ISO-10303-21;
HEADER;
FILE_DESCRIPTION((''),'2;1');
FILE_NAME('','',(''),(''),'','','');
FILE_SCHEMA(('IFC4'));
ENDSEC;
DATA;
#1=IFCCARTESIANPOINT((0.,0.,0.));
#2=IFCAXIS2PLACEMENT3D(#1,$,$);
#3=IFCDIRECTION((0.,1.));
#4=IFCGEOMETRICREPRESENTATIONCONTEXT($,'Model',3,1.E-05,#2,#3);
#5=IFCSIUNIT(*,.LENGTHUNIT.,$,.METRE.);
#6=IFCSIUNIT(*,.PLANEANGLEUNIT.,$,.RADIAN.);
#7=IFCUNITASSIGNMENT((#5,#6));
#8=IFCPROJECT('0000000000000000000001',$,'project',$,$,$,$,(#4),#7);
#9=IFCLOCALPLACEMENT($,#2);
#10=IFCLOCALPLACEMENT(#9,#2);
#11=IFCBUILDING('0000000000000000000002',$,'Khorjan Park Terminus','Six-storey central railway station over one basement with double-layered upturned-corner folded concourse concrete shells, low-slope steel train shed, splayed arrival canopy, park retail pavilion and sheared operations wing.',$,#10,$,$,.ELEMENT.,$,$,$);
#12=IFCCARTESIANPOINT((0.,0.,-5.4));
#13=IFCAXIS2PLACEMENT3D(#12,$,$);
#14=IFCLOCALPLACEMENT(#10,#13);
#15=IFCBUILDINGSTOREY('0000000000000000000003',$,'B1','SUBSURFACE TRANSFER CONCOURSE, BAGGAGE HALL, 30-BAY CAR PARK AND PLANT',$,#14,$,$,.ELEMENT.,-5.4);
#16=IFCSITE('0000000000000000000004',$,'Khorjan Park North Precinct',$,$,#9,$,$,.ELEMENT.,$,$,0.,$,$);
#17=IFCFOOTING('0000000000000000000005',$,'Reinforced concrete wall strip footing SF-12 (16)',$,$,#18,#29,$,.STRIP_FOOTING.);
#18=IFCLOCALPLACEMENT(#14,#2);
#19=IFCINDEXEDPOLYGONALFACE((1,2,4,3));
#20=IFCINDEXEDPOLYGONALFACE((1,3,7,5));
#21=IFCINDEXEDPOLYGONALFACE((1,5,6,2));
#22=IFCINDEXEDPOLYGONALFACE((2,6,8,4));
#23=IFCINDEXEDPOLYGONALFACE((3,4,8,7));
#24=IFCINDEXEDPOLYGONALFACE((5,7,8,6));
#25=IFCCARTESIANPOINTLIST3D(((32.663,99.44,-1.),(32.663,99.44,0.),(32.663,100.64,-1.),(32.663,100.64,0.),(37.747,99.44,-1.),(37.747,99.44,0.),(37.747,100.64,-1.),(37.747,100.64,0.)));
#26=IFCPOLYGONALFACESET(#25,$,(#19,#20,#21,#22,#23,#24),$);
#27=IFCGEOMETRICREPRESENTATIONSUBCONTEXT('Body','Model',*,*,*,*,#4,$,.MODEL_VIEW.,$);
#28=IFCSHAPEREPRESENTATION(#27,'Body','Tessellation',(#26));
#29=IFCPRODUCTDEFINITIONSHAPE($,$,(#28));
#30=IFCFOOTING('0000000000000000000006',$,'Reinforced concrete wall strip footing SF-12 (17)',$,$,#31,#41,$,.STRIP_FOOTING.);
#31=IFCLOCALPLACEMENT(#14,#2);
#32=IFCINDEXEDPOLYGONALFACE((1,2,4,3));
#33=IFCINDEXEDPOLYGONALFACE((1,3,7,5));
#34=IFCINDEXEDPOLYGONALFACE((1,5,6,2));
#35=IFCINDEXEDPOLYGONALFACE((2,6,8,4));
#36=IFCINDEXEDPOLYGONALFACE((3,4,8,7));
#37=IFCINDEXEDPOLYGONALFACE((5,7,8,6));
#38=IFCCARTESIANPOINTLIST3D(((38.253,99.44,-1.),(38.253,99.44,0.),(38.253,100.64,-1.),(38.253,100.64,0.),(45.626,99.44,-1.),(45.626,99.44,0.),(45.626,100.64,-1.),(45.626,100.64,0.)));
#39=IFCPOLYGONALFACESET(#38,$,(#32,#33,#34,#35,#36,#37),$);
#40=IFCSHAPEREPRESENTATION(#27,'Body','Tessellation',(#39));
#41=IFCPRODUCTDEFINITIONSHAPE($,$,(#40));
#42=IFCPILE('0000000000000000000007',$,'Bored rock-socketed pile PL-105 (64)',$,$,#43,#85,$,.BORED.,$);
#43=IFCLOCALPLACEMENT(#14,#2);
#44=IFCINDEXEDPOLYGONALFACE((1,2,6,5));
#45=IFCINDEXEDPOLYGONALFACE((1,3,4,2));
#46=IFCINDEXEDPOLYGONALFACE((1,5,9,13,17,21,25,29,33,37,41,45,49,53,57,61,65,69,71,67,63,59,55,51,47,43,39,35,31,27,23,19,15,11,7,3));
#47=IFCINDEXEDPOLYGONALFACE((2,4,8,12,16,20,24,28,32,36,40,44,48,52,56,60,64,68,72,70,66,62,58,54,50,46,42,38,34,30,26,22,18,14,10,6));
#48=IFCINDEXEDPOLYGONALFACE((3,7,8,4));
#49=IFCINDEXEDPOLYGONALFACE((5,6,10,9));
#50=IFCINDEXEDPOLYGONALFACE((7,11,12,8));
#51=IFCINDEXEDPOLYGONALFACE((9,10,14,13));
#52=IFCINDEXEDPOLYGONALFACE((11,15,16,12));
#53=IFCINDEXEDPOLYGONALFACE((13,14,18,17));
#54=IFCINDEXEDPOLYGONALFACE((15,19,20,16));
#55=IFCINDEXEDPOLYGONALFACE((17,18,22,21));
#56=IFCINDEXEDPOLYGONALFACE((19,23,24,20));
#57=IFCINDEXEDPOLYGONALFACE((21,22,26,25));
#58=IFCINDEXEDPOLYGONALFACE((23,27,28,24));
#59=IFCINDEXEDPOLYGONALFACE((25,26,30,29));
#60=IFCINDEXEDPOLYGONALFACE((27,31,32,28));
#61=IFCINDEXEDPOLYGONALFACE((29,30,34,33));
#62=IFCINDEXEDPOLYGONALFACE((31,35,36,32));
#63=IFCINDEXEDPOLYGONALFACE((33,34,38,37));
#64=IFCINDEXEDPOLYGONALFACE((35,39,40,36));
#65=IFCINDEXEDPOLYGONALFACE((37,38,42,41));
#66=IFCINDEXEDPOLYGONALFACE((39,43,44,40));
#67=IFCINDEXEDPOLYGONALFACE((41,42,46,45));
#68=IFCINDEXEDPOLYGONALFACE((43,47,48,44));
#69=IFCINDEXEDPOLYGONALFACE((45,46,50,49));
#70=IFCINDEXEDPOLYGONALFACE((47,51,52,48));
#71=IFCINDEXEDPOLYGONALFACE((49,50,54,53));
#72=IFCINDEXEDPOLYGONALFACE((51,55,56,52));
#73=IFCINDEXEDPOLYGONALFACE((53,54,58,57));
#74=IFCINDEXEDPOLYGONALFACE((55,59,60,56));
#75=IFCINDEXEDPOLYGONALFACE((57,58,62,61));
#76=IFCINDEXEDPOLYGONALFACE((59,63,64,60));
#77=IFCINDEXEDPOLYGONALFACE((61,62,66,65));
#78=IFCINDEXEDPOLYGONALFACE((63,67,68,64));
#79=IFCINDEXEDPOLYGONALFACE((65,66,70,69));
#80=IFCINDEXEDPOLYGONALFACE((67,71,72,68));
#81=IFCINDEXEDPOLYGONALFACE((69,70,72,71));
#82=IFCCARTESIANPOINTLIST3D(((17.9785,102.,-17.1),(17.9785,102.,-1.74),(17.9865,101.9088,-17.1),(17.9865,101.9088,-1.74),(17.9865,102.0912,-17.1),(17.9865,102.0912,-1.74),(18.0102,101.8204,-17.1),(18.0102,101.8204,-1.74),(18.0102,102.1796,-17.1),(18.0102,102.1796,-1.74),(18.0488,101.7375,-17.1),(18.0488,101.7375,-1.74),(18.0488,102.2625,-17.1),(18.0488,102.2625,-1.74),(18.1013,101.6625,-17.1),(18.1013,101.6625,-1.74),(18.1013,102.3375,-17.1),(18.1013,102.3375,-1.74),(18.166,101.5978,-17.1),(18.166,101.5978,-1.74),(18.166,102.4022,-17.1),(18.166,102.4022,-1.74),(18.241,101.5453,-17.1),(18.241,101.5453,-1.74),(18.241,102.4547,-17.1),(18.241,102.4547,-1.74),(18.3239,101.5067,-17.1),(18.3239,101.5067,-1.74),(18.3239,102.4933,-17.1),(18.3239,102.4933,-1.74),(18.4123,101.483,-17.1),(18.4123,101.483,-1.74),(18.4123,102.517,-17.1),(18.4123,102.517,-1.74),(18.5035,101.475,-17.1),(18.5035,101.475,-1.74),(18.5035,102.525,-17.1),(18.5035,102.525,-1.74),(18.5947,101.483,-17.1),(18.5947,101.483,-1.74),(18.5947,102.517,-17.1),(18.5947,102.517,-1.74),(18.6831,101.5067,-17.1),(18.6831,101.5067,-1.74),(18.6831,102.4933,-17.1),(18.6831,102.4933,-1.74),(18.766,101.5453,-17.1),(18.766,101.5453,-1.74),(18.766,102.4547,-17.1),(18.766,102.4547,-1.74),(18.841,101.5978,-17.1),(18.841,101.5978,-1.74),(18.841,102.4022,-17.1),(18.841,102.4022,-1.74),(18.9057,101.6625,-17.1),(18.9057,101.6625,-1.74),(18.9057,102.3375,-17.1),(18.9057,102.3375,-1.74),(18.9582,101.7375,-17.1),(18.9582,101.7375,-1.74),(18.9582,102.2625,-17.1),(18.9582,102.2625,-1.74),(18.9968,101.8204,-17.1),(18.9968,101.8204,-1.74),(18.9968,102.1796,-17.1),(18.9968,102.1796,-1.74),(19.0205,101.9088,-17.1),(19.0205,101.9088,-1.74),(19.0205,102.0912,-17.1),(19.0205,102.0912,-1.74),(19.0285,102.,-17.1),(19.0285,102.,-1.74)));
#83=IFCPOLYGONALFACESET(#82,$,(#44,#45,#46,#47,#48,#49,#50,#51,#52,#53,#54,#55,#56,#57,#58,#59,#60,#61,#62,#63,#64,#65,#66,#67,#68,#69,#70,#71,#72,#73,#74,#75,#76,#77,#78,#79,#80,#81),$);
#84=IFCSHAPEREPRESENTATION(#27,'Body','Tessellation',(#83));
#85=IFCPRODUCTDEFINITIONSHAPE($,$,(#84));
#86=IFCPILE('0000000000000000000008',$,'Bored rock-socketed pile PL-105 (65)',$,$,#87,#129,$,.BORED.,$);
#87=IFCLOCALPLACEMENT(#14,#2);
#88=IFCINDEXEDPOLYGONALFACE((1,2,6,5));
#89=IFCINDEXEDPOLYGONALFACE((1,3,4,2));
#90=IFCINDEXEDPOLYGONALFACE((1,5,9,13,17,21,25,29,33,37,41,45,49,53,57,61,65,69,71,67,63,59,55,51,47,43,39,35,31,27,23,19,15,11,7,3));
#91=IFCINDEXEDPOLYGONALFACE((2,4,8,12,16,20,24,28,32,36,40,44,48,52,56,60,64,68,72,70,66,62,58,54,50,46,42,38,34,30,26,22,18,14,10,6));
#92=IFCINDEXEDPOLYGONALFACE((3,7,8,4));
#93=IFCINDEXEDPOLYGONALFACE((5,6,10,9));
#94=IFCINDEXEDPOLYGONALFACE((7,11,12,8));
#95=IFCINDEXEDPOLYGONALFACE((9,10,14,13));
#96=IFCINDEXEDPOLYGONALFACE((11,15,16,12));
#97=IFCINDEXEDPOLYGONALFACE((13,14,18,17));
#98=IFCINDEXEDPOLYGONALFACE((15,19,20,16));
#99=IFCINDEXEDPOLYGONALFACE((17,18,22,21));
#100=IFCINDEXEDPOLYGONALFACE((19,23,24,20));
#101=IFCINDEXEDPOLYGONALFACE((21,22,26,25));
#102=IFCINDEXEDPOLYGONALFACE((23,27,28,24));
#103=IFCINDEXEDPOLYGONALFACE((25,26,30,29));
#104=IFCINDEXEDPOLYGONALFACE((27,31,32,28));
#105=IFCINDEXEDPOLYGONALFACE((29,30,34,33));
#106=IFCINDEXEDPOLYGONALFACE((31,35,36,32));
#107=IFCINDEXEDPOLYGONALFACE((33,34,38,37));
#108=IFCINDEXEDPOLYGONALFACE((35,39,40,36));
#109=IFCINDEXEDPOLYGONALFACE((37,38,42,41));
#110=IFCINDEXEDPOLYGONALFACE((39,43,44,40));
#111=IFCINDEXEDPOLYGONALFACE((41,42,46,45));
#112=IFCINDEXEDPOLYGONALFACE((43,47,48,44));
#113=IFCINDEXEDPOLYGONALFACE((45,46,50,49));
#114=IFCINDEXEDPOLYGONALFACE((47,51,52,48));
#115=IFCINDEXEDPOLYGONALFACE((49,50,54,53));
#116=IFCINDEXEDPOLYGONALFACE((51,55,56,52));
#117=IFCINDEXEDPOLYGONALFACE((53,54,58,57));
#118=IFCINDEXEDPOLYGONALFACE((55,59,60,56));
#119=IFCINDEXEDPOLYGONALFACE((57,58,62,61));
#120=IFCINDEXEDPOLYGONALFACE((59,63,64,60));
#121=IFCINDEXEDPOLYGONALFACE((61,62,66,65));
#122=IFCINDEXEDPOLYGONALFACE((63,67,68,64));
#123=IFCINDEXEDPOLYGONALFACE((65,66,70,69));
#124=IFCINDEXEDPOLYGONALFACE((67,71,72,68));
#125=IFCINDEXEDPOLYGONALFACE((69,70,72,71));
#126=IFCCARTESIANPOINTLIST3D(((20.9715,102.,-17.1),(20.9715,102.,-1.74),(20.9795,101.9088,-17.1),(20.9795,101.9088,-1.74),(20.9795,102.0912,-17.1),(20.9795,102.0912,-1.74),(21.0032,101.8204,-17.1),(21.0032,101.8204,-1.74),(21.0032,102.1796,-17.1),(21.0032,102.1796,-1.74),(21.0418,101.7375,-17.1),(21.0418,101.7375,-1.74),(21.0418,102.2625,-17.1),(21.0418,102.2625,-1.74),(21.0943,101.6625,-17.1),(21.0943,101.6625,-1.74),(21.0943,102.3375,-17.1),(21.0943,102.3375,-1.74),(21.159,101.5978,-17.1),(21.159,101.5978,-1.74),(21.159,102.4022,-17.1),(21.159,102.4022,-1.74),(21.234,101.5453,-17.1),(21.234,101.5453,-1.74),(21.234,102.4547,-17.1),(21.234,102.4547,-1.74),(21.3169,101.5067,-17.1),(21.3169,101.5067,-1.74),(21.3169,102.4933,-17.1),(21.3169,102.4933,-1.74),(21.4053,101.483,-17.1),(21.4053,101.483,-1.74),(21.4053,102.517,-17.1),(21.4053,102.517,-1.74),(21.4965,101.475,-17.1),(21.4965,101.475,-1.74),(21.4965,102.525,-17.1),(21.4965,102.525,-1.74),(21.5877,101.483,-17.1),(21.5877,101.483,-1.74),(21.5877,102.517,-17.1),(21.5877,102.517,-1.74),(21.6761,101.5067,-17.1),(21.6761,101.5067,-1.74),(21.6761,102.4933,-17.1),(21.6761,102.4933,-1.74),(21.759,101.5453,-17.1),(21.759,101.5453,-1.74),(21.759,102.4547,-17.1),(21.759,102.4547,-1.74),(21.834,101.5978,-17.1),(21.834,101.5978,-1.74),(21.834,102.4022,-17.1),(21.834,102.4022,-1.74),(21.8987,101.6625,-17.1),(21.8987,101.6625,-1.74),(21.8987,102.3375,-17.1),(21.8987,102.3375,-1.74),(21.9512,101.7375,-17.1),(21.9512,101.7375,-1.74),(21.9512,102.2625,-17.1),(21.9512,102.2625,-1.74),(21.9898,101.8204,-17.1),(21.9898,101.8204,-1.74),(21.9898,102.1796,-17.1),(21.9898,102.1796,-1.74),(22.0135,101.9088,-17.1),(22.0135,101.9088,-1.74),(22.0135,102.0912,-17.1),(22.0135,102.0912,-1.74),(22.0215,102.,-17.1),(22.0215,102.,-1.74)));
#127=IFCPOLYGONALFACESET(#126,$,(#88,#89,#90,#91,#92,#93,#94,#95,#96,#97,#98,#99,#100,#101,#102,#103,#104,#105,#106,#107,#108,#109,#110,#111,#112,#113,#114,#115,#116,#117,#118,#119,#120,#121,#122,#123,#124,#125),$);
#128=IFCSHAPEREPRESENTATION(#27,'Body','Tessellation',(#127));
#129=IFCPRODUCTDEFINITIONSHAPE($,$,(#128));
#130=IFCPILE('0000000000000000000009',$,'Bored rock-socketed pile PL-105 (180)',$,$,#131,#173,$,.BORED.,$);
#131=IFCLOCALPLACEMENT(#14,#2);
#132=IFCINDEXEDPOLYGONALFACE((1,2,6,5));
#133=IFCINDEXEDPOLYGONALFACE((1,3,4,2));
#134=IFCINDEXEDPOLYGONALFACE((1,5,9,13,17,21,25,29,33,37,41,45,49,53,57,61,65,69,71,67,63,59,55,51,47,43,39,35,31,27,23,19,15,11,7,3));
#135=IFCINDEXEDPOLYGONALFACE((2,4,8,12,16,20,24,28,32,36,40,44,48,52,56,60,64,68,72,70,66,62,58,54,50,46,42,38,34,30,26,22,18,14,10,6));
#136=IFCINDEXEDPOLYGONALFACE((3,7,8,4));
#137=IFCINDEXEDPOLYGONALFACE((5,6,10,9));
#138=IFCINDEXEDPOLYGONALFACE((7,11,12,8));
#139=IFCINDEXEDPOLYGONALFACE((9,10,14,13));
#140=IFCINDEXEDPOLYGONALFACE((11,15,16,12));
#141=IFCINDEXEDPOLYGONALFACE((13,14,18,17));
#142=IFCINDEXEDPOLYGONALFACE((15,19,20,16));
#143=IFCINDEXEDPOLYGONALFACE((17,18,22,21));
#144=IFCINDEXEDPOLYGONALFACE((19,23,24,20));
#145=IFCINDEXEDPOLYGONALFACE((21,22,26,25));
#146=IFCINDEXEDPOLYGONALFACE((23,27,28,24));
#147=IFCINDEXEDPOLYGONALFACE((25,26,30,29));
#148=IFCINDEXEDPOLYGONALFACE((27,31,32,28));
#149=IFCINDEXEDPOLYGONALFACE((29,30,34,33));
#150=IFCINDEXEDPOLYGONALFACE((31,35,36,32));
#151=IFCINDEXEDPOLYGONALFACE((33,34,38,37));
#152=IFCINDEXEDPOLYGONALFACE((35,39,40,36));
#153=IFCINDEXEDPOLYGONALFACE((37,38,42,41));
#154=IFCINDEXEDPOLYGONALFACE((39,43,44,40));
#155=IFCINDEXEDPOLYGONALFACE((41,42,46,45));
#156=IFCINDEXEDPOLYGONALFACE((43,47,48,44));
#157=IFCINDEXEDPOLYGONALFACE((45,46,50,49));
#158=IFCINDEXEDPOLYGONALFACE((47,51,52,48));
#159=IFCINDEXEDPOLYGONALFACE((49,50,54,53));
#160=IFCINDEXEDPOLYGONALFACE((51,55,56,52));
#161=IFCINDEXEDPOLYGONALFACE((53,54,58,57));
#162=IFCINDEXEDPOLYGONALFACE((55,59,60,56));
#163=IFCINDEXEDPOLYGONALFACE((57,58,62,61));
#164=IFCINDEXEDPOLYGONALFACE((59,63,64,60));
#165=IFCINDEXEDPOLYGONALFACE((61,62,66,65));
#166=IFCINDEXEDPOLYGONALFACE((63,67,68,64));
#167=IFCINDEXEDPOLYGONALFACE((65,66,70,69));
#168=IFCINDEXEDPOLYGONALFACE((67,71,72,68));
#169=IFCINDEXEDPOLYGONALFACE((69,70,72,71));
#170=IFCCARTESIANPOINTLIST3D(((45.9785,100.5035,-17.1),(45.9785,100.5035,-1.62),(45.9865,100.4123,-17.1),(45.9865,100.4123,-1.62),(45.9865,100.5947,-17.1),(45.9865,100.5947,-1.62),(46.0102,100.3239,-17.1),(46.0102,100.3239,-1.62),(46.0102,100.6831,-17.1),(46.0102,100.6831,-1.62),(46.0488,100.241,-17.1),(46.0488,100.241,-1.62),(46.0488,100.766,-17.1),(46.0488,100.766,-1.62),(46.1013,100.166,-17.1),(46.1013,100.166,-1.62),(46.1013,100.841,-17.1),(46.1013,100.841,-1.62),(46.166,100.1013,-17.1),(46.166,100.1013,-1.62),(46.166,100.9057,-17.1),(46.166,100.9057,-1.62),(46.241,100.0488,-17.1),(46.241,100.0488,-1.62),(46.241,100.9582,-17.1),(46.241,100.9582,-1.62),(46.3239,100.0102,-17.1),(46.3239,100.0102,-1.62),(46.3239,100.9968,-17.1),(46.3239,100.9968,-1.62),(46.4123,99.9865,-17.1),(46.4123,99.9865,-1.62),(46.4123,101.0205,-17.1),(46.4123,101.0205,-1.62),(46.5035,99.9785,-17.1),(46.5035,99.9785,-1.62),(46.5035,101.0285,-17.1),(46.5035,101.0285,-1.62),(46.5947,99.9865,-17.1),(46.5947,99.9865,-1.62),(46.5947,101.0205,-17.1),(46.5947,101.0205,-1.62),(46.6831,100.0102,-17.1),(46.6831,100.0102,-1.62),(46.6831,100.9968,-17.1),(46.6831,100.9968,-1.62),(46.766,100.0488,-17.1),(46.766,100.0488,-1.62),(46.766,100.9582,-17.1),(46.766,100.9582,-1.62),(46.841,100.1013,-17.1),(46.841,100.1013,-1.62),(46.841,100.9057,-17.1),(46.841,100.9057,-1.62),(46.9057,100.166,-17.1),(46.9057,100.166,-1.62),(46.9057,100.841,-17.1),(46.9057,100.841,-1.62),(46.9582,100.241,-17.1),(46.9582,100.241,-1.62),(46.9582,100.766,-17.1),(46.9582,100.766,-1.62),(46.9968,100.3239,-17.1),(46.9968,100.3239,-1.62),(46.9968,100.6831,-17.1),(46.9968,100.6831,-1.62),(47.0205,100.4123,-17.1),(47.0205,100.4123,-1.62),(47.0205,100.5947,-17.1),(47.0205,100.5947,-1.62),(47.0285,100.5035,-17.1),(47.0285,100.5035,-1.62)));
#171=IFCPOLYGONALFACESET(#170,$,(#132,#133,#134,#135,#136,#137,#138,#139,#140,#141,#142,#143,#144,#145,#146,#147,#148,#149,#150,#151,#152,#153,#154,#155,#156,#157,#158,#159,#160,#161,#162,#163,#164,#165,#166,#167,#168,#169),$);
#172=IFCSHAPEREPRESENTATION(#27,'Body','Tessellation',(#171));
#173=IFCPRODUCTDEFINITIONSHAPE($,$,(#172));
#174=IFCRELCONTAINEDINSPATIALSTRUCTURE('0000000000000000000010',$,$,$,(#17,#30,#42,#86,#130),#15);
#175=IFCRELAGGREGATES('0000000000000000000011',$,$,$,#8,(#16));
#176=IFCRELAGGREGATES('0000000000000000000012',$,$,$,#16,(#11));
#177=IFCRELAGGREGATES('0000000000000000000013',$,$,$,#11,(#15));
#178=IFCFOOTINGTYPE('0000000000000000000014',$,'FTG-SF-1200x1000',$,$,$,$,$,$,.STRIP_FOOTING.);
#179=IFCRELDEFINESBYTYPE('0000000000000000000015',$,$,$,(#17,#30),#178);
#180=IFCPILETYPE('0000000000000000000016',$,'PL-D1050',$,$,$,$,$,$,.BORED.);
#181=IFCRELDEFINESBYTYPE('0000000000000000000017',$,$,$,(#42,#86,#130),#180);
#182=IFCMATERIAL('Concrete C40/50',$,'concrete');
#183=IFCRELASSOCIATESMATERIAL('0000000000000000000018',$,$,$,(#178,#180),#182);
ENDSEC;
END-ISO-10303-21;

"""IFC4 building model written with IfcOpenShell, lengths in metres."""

from ifc_helpers import new_model, si_unit, direction, frame, origin, origin_2d, place, context, subcontext, project, spatial, rectangle, circle, extrude, material, material_profile, profile_set, type_object, element, save


model = new_model("IFC4")

# Units and contexts
model_context = context("Model", 3, precision=1e-05, world=origin(), true_north=direction((0.0, 1.0)))
body_context = subcontext(model_context, "Body", "Model", "MODEL_VIEW")
ifc_project = project(units=[si_unit("LENGTHUNIT", "METRE"), si_unit("PLANEANGLEUNIT", "RADIAN")], contexts=[model_context])

# Site, building, storey
site_placement = place(None, origin())
site = spatial("IfcSite", under=ifc_project, at=site_placement, Name="Khorjan Park North Precinct", CompositionType="ELEMENT", RefElevation=0.0)
building_placement = place(site_placement, origin())
building = spatial("IfcBuilding", under=site, at=building_placement, Name="Khorjan Park Terminus", Description="Six-storey central railway station over one basement with double-layered upturned-corner folded concourse concrete shells, low-slope steel train shed, splayed arrival canopy, park retail pavilion and sheared operations wing.", CompositionType="ELEMENT")
storey_placement = place(building_placement, frame((0.0, 0.0, -5.4)))
storey = spatial("IfcBuildingStorey", under=building, at=storey_placement, Name="B1", Description="SUBSURFACE TRANSFER CONCOURSE, BAGGAGE HALL, 30-BAY CAR PARK AND PLANT", CompositionType="ELEMENT", Elevation=-5.4)

# Footings
ifc_material_1 = material(Name="Concrete C40/50", Category="concrete")
ifc_material_profile_1 = material_profile(ifc_material_1, rectangle(XDim=1.2, YDim=1.0, at=origin_2d()), Name="RC 1200x1000")
ifc_profile_set_1 = profile_set([ifc_material_profile_1], Name="Concrete C40/50")
footing_type_1 = type_object("IfcFootingType", Name="FTG-SF-1200x1000", PredefinedType="STRIP_FOOTING", material=ifc_profile_set_1)
footing_1_placement = place(storey_placement, frame((32.663, 100.04, -0.5), z_axis=(1.0, 0.0, 0.0), x_axis=(0.0, 1.0, 0.0)))
element("IfcFooting", 1, at=footing_1_placement, inside=storey, type_object=footing_type_1, Name="Reinforced concrete wall strip footing SF-12 (16)", PredefinedType="STRIP_FOOTING", context=body_context, shape_type="SweptSolid", body=[
    extrude(rectangle(XDim=1.2, YDim=1.0, at=origin_2d()), origin(), (0.0, 0.0, 1.0), 5.084),
])
footing_2_placement = place(storey_placement, frame((38.253, 100.04, -0.5), z_axis=(1.0, 0.0, 0.0), x_axis=(0.0, 1.0, 0.0)))
element("IfcFooting", 2, at=footing_2_placement, inside=storey, type_object=footing_type_1, Name="Reinforced concrete wall strip footing SF-12 (17)", PredefinedType="STRIP_FOOTING", context=body_context, shape_type="SweptSolid", body=[
    extrude(rectangle(XDim=1.2, YDim=1.0, at=origin_2d()), origin(), (0.0, 0.0, 1.0), 7.373),
])

# Piles
ifc_material_profile_2 = material_profile(ifc_material_1, circle(Radius=0.525, at=origin_2d()), Name="BORED D1050")
ifc_profile_set_2 = profile_set([ifc_material_profile_2], Name="Concrete C40/50")
pile_type_1 = type_object("IfcPileType", Name="PL-D1050", PredefinedType="BORED", material=ifc_profile_set_2)
for number, where, z_axis, x_axis, name in (
    (3, (18.5035, 102.0, -1.74), (0.0, 0.0, -1.0), (1.0, 0.0, 0.0), "Bored rock-socketed pile PL-105 (64)"),
    (4, (21.4965, 102.0, -1.74), (0.0, 0.0, -1.0), (1.0, 0.0, 0.0), "Bored rock-socketed pile PL-105 (65)"),
):
    element("IfcPile", number, at=place(storey_placement, frame(where, z_axis=z_axis, x_axis=x_axis)), inside=storey, type_object=pile_type_1, Name=name, PredefinedType="BORED", context=body_context, shape_type="SweptSolid", body=[
        extrude(circle(Radius=0.525, at=origin_2d()), origin(), (0.0, 0.0, 1.0), 15.36),
    ])
pile_1_placement = place(storey_placement, frame((46.5035, 100.5035, -1.62), z_axis=(0.0, 0.0, -1.0), x_axis=(1.0, 0.0, 0.0)))
element("IfcPile", 5, at=pile_1_placement, inside=storey, type_object=pile_type_1, Name="Bored rock-socketed pile PL-105 (180)", PredefinedType="BORED", context=body_context, shape_type="SweptSolid", body=[
    extrude(circle(Radius=0.525, at=origin_2d()), origin(), (0.0, 0.0, 1.0), 15.48),
])

save(model, "model.ifc")
